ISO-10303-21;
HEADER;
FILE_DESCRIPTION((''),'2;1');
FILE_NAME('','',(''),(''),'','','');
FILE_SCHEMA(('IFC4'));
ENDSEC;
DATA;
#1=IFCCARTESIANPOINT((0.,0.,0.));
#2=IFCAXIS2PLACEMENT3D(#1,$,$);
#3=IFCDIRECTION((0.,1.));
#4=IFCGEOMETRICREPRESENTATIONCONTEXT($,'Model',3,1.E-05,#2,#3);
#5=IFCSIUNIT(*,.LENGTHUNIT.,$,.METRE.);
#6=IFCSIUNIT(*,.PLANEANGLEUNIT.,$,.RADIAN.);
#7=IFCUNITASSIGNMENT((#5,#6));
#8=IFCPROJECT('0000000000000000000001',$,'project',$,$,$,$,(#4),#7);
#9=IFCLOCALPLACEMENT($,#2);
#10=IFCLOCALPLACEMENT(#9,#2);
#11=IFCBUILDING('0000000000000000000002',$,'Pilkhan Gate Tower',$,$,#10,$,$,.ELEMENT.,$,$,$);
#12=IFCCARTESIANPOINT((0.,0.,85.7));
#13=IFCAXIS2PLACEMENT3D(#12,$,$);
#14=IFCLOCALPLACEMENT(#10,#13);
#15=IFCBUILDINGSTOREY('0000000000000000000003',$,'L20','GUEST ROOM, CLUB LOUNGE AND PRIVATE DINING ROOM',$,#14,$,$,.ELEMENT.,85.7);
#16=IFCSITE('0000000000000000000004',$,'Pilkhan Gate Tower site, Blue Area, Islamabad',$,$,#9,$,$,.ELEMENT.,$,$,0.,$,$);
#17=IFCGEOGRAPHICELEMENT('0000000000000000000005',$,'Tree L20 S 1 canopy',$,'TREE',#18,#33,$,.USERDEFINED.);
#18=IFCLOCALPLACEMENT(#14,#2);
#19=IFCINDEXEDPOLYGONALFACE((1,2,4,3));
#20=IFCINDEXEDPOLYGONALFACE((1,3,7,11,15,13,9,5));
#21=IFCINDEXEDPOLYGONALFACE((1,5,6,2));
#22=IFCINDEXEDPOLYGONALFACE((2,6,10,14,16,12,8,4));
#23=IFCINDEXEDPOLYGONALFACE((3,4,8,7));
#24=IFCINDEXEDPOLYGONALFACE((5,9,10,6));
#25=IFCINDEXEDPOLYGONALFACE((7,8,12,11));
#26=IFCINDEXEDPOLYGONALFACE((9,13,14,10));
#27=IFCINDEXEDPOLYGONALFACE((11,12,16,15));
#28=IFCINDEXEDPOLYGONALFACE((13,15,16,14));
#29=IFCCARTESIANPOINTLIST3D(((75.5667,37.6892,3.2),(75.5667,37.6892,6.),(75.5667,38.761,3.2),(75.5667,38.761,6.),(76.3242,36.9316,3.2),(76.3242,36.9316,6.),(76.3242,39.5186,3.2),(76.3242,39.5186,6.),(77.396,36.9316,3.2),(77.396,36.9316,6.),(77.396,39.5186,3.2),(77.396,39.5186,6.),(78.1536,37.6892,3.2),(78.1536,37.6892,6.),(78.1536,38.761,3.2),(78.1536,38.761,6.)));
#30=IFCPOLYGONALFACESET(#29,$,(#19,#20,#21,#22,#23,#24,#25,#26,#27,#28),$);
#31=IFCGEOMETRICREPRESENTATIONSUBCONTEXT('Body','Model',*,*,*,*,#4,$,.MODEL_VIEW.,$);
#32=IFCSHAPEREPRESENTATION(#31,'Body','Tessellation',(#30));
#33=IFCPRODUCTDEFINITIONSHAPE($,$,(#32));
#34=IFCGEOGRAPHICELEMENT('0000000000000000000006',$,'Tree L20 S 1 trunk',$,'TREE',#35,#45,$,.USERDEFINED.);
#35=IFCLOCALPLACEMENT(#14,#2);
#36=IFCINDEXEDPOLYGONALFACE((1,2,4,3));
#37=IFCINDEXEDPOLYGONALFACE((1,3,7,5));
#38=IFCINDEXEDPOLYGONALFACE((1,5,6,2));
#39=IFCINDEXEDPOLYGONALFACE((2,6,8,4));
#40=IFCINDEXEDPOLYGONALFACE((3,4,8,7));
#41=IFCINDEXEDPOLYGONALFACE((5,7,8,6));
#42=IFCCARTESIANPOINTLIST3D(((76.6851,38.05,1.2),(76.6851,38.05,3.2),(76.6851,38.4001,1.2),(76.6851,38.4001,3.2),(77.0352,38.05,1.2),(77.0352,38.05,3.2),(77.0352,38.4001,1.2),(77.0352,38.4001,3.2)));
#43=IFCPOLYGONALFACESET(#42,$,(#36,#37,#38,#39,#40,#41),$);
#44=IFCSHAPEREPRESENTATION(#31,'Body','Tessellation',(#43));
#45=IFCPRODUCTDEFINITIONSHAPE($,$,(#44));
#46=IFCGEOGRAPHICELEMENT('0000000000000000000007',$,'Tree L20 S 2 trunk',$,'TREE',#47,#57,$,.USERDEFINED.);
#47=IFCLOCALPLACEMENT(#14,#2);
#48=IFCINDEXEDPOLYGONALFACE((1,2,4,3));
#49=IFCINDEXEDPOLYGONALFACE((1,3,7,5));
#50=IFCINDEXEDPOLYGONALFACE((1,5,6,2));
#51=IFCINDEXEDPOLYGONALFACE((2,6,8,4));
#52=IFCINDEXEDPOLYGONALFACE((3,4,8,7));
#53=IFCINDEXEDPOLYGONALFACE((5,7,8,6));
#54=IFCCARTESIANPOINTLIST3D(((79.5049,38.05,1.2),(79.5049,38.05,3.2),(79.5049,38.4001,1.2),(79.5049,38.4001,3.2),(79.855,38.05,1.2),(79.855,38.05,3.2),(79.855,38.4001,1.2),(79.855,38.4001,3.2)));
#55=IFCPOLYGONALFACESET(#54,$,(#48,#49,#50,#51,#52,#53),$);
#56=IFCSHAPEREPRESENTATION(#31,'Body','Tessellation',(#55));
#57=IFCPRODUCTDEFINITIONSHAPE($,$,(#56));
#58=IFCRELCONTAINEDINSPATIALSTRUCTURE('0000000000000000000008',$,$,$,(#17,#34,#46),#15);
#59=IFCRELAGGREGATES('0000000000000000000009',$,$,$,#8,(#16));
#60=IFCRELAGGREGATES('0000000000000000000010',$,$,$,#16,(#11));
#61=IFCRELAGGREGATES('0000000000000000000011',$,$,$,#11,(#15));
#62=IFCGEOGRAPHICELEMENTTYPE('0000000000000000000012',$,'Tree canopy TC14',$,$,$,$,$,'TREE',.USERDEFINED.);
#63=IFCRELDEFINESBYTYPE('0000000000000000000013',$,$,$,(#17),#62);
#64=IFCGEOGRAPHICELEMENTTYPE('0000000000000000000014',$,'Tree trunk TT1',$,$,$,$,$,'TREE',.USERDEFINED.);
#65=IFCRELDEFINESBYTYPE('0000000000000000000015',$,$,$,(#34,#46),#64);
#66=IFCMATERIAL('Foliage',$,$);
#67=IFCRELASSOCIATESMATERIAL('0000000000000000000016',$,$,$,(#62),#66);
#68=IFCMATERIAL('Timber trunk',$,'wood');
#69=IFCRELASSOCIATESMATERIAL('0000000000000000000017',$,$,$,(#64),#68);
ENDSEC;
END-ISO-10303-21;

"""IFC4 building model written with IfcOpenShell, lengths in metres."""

from ifc_helpers import new_model, si_unit, direction, frame, origin, origin_2d, place, context, subcontext, project, spatial, polyline, rectangle, outline, extrude, material, material_profile, profile_set, type_object, element, save


model = new_model("IFC4")

# Units and contexts
model_context = context("Model", 3, precision=1e-05, world=origin(), true_north=direction((0.0, 1.0)))
body_context = subcontext(model_context, "Body", "Model", "MODEL_VIEW")
ifc_project = project(units=[si_unit("LENGTHUNIT", "METRE"), si_unit("PLANEANGLEUNIT", "RADIAN")], contexts=[model_context])

# Site, building, storey
site_placement = place(None, origin())
site = spatial("IfcSite", under=ifc_project, at=site_placement, Name="Pilkhan Gate Tower site, Blue Area, Islamabad", CompositionType="ELEMENT", RefElevation=0.0)
building_placement = place(site_placement, origin())
building = spatial("IfcBuilding", under=site, at=building_placement, Name="Pilkhan Gate Tower", CompositionType="ELEMENT")
storey_placement = place(building_placement, frame((0.0, 0.0, 85.7)))
storey = spatial("IfcBuildingStorey", under=building, at=storey_placement, Name="L20", Description="GUEST ROOM, CLUB LOUNGE AND PRIVATE DINING ROOM", CompositionType="ELEMENT", Elevation=85.7)

# Geographic elements
ifc_material_1 = material(Name="Foliage")
ifc_material_profile_1 = material_profile(ifc_material_1, outline(polyline([(1.2935, 0.5359), (0.5359, 1.2935), (-0.5359, 1.2935), (-1.2935, 0.5359), (-1.2935, -0.5359), (-0.5359, -1.2935), (0.5359, -1.2935), (1.2935, -0.5359), (1.2935, 0.5359)])), Name="Canopy D2.8")
ifc_profile_set_1 = profile_set([ifc_material_profile_1], Name="Foliage")
geographic_element_type_1 = type_object("IfcGeographicElementType", Name="Tree canopy TC14", ElementType="TREE", PredefinedType="USERDEFINED", material=ifc_profile_set_1)
geographic_element_1_placement = place(storey_placement, frame((76.8601, 38.2251, 3.2), z_axis=(0.0, 0.0, 1.0), x_axis=(1.0, 0.0, 0.0)))
element("IfcGeographicElement", 1, at=geographic_element_1_placement, inside=storey, type_object=geographic_element_type_1, Name="Tree L20 S 1 canopy", ObjectType="TREE", PredefinedType="USERDEFINED", context=body_context, shape_type="SweptSolid", body=[
    extrude(outline(polyline([(1.2935, 0.5359), (0.5359, 1.2935), (-0.5359, 1.2935), (-1.2935, 0.5359), (-1.2935, -0.5359), (-0.5359, -1.2935), (0.5359, -1.2935), (1.2935, -0.5359), (1.2935, 0.5359)])), origin(), (0.0, 0.0, 1.0), 2.8),
])
ifc_material_2 = material(Name="Timber trunk", Category="wood")
geographic_element_type_2 = type_object("IfcGeographicElementType", Name="Tree trunk TT1", ElementType="TREE", PredefinedType="USERDEFINED", material=ifc_material_2)
for number, where, z_axis, x_axis, name in (
    (2, (76.8601, 38.2251, 1.2), (0.0, 0.0, 1.0), (1.0, 0.0, 0.0), "Tree L20 S 1 trunk"),
    (3, (79.6799, 38.2251, 1.2), (0.0, 0.0, 1.0), (1.0, 0.0, 0.0), "Tree L20 S 2 trunk"),
):
    element("IfcGeographicElement", number, at=place(storey_placement, frame(where, z_axis=z_axis, x_axis=x_axis)), inside=storey, type_object=geographic_element_type_2, Name=name, ObjectType="TREE", PredefinedType="USERDEFINED", context=body_context, shape_type="SweptSolid", body=[
        extrude(rectangle(XDim=0.3501, YDim=0.3501, at=origin_2d()), origin(), (0.0, 0.0, 1.0), 2.0),
    ])

save(model, "model.ifc")
